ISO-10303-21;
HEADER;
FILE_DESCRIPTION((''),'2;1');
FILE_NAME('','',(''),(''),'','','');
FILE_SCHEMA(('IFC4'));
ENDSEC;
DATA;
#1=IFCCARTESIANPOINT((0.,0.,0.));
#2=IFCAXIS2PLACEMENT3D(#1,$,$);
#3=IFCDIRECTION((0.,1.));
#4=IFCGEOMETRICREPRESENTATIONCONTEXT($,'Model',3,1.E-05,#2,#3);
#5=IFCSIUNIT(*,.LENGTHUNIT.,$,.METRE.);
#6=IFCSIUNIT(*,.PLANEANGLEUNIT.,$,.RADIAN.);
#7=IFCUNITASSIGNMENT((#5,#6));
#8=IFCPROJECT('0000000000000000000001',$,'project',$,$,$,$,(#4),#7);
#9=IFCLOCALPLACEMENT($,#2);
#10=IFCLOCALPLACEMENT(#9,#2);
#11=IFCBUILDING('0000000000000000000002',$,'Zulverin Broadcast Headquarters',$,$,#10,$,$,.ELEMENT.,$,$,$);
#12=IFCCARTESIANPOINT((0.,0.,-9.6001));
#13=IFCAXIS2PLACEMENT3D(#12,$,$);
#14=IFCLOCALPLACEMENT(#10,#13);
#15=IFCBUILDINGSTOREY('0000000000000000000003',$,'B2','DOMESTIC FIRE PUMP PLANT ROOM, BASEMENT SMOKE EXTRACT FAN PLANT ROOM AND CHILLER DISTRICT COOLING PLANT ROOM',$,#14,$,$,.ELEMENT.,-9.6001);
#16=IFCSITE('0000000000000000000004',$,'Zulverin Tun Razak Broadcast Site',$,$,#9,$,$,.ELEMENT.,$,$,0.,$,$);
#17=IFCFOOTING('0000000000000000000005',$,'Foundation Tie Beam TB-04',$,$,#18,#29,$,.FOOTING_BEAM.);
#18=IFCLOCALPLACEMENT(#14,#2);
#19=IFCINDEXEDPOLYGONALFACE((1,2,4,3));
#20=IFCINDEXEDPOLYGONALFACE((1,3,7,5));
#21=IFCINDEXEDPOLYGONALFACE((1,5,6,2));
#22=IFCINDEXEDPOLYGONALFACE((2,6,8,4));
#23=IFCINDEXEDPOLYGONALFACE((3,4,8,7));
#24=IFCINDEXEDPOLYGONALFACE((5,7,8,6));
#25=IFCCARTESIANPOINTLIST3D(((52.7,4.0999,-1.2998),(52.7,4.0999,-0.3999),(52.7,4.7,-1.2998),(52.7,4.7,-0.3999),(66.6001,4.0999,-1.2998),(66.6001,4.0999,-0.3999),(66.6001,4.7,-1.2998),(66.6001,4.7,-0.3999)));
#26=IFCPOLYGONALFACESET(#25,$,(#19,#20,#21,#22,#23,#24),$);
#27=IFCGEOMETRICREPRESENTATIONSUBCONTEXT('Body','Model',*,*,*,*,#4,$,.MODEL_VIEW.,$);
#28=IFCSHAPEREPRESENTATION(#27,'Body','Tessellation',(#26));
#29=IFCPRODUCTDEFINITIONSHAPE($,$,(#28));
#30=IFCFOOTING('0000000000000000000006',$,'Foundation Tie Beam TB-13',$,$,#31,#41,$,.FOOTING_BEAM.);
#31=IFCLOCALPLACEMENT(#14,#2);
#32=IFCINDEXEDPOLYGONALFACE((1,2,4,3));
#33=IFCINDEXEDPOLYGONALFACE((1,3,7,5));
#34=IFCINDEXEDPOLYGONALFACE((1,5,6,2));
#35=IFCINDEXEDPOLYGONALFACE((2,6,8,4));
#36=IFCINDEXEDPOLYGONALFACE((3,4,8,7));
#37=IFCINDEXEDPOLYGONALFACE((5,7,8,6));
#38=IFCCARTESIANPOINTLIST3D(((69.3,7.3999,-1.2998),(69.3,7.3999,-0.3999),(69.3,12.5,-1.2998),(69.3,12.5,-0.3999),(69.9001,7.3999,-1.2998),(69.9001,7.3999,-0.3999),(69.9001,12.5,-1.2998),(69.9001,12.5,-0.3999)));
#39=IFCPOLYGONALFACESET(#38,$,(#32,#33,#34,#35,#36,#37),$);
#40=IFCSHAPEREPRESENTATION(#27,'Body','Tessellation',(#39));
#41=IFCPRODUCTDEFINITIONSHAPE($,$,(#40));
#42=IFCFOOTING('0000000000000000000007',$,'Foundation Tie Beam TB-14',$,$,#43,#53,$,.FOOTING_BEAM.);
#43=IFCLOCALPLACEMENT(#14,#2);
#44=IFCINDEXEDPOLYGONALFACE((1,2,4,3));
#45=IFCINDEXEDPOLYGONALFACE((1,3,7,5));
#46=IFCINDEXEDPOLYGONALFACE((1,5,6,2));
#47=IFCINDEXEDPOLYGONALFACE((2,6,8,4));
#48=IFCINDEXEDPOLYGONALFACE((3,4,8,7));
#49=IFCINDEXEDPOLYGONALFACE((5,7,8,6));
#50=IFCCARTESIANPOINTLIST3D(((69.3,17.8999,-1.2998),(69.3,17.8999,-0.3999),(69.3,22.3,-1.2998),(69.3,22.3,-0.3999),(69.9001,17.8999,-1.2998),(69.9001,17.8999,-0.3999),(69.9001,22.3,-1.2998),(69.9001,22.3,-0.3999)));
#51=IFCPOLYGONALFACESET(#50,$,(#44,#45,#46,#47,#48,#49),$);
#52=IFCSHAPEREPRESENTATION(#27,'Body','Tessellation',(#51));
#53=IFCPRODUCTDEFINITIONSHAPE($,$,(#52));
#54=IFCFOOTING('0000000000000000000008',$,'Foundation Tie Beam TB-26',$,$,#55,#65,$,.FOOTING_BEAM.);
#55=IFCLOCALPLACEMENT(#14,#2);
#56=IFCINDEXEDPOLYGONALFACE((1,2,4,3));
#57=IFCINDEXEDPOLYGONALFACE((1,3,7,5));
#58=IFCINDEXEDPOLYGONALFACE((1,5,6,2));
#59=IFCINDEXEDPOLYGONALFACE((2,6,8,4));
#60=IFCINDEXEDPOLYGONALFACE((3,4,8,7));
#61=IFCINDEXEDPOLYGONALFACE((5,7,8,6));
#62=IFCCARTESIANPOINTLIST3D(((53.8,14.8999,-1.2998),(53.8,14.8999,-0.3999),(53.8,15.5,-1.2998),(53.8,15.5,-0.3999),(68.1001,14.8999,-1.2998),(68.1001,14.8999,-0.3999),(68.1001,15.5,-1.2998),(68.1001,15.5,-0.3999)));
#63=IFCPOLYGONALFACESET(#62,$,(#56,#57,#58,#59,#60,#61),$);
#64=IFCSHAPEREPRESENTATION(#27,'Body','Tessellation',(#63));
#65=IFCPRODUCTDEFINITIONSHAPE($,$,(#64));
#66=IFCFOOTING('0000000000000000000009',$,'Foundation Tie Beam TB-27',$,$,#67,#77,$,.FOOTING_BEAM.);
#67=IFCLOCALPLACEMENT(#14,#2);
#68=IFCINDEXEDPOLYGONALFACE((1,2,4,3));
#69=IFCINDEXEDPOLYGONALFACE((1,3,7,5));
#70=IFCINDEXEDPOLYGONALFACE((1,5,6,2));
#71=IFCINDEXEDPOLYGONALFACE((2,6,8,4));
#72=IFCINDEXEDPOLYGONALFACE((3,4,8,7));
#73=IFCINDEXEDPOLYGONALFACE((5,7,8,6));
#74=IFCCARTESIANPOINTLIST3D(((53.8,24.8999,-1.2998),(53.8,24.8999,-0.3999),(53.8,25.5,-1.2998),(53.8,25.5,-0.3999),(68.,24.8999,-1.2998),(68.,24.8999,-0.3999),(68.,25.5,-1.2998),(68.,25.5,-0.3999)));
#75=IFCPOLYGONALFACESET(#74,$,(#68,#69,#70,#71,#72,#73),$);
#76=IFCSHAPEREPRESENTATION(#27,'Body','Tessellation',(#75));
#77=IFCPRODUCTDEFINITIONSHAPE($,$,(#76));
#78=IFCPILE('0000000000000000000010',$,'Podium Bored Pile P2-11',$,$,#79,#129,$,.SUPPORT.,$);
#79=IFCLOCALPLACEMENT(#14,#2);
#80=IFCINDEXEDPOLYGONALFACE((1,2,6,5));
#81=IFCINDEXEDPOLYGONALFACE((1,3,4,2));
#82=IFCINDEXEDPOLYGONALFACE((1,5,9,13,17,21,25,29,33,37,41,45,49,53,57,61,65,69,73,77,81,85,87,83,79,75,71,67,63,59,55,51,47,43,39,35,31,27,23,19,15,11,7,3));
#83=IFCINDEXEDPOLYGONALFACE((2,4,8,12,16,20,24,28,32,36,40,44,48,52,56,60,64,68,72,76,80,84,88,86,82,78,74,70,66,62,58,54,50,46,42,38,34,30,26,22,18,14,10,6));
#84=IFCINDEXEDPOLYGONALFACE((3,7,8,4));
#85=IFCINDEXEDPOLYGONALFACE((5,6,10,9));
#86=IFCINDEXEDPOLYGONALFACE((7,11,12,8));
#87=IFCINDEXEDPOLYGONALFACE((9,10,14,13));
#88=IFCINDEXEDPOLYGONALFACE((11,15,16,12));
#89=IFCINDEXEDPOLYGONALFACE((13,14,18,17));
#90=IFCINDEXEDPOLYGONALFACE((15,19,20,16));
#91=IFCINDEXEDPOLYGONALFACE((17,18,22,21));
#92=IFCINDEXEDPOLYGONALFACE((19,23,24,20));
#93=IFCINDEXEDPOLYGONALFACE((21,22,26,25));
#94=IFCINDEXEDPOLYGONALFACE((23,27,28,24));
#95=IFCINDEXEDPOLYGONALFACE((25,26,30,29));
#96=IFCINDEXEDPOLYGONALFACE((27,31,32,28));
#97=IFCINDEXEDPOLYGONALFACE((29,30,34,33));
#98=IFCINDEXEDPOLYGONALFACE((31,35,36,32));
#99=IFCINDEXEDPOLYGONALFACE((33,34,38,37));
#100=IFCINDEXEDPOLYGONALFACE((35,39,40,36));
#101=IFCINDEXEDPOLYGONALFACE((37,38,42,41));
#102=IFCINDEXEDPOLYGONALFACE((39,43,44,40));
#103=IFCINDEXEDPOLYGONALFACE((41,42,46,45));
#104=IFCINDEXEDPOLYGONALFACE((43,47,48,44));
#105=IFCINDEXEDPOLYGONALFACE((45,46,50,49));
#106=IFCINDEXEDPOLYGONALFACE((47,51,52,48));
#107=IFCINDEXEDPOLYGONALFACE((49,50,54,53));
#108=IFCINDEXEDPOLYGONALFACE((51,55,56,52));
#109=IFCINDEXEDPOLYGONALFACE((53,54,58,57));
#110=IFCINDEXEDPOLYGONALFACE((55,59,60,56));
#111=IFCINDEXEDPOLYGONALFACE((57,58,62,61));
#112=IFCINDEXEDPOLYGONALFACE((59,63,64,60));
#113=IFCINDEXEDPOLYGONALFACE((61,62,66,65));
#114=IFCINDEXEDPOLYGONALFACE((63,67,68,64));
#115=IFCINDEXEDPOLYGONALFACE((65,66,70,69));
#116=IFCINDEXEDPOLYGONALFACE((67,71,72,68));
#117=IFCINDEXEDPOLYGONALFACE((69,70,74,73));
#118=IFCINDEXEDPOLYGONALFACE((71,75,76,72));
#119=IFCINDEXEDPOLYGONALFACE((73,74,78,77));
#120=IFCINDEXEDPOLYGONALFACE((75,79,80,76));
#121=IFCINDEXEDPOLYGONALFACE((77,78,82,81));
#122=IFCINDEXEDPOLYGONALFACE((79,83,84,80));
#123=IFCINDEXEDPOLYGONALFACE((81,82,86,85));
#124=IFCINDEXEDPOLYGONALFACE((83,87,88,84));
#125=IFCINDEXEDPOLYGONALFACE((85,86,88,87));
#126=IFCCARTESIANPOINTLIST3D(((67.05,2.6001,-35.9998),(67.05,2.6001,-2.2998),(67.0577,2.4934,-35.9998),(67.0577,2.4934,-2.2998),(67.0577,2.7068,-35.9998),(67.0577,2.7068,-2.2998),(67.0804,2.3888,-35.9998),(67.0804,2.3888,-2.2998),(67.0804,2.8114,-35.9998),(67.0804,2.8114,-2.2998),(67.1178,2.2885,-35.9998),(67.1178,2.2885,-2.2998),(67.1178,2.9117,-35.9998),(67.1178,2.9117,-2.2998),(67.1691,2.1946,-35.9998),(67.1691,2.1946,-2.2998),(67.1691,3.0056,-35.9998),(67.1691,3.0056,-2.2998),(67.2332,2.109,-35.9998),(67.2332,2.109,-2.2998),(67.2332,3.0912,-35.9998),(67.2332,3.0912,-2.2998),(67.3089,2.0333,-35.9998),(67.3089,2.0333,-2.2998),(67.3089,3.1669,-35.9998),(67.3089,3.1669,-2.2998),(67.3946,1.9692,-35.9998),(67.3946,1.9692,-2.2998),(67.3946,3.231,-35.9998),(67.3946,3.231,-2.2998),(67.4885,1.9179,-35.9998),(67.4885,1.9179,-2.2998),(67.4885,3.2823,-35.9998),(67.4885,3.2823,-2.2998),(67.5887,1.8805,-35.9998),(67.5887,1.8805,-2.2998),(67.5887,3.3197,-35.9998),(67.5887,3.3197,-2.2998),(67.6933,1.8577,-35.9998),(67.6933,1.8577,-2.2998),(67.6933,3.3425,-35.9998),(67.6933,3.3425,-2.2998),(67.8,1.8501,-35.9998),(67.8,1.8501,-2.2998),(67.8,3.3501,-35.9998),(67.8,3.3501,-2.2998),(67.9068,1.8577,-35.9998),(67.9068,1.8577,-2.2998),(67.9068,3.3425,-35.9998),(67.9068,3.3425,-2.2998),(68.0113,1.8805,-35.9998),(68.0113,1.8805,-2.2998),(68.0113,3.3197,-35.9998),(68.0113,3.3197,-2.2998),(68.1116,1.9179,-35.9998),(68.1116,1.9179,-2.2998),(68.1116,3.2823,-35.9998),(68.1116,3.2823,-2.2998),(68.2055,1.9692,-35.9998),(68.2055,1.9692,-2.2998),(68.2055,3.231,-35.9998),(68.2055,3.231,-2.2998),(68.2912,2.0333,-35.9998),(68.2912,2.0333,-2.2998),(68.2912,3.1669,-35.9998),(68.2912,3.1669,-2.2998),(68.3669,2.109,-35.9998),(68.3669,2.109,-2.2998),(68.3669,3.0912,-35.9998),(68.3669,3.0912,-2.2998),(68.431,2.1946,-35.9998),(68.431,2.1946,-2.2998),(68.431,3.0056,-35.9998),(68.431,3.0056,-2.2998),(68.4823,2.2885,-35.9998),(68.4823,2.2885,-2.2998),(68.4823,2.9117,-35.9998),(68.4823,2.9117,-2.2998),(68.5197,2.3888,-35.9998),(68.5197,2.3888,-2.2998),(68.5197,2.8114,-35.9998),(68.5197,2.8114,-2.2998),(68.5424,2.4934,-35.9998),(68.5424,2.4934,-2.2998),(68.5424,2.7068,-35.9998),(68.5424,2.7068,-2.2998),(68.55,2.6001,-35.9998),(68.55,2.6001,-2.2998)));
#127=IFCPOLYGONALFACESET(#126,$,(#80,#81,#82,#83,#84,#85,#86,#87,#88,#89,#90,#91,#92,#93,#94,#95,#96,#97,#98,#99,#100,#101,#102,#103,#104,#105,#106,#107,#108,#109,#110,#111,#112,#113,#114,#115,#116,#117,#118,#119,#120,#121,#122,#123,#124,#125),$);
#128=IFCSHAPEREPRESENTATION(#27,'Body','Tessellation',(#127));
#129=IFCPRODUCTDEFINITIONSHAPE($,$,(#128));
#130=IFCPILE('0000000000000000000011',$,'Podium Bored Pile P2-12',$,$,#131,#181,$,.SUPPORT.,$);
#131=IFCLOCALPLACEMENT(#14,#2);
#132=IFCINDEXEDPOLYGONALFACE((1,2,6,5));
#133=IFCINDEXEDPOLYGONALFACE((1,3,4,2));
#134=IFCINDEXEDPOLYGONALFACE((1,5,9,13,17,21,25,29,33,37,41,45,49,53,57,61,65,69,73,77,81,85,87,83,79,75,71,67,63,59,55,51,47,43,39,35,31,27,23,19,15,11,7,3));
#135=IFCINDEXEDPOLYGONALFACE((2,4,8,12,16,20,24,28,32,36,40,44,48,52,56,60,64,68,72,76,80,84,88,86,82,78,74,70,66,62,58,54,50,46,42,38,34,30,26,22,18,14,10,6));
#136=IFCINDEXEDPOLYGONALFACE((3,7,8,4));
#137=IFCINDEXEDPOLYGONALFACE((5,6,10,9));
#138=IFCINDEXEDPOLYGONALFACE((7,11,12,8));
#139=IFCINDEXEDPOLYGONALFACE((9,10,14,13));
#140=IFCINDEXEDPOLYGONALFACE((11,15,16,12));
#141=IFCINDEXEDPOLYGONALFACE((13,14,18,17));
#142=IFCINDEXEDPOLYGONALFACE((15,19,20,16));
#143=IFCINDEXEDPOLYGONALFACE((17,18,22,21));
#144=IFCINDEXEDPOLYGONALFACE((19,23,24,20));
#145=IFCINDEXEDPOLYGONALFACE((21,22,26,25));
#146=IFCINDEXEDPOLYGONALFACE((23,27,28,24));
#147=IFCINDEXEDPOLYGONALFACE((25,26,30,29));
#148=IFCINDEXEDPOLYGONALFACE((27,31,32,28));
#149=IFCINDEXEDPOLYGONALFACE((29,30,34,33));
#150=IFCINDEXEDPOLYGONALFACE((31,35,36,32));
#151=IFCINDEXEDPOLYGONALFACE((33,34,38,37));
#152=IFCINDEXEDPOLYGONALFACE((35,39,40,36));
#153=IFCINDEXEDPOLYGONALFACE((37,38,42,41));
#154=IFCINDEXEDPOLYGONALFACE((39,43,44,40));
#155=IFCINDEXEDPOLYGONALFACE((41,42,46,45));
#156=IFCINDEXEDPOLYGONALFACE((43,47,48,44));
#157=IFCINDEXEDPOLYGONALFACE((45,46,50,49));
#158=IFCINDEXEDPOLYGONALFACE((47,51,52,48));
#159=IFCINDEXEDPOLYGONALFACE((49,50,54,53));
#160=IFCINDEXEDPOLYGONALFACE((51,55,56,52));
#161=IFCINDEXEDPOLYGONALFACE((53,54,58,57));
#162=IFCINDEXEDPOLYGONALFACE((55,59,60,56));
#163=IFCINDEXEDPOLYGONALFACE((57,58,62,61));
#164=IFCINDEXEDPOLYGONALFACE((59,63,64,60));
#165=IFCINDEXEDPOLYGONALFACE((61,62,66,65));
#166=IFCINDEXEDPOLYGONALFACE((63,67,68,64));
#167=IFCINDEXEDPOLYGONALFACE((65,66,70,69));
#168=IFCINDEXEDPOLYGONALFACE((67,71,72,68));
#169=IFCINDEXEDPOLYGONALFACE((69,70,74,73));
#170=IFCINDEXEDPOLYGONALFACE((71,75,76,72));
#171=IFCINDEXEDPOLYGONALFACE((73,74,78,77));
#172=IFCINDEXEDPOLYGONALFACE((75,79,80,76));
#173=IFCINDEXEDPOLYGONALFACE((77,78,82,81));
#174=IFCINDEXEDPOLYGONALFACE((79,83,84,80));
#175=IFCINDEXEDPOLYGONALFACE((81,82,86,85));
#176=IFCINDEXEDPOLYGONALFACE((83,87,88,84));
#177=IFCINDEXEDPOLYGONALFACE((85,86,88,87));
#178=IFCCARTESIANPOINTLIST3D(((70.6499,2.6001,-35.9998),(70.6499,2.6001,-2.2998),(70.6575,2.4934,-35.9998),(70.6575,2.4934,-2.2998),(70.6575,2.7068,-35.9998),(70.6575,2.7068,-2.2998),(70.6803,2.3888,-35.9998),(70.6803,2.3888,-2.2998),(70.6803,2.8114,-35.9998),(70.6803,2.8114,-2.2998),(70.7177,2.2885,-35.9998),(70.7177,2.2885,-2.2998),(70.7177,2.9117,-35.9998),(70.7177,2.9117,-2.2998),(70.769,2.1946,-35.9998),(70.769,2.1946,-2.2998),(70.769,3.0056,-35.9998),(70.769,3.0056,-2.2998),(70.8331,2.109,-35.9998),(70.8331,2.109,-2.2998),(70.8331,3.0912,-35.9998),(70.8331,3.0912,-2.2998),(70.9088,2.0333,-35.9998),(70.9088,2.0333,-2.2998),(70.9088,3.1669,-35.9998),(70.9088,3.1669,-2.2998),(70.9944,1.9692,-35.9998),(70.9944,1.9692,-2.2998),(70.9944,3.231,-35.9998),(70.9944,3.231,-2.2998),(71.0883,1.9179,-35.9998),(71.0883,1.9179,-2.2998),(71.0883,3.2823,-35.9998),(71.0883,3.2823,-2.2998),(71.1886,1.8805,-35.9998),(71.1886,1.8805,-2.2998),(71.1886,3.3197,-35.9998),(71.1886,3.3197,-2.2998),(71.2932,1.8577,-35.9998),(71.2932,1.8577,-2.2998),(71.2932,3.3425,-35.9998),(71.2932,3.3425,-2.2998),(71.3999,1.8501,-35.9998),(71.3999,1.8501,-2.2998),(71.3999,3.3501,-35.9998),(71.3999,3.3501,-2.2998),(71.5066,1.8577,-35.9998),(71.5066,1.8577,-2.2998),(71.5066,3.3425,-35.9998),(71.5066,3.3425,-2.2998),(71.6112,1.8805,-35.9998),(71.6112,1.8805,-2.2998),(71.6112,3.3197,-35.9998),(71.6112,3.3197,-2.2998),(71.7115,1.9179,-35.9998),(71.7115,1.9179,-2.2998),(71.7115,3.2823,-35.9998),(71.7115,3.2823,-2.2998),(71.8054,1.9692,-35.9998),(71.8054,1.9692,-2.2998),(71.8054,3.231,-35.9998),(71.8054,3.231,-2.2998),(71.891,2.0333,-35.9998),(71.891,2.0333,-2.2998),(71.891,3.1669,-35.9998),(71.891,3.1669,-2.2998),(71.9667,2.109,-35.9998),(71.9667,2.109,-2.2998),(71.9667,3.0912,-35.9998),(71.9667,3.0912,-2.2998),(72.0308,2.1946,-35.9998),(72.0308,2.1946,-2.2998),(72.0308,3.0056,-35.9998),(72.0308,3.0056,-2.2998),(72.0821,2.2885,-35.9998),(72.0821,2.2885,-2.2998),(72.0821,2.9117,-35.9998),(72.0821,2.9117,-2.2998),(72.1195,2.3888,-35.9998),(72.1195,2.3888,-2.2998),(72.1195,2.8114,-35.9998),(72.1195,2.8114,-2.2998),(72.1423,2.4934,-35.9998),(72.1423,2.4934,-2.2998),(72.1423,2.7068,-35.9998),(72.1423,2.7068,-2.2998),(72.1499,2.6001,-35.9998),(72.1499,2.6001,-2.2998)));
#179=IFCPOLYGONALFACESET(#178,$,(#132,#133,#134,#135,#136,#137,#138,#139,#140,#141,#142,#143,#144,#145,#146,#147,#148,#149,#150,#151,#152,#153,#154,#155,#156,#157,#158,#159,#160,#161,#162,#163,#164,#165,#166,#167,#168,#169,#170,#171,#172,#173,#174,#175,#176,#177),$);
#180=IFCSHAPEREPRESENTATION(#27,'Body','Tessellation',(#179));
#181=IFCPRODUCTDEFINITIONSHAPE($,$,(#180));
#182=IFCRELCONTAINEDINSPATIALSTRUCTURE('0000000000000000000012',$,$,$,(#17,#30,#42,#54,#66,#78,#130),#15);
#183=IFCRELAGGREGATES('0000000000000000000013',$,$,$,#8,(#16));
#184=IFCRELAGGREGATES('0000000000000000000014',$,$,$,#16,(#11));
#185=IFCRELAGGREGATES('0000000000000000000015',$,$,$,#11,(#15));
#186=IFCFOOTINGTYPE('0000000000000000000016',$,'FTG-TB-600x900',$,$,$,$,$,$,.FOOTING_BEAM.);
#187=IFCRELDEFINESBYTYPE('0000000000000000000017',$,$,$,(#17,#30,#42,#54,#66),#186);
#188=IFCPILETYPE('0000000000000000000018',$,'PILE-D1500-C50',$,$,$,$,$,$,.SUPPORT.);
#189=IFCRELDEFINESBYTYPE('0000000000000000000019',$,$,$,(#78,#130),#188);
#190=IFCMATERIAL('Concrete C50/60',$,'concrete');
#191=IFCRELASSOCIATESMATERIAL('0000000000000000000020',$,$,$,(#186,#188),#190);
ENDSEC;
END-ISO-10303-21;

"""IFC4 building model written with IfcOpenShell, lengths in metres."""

from ifc_helpers import new_model, si_unit, direction, frame, origin, origin_2d, place, context, subcontext, project, spatial, rectangle, circle, extrude, material, material_profile, profile_set, type_object, element, save


model = new_model("IFC4")

# Units and contexts
model_context = context("Model", 3, precision=1e-05, world=origin(), true_north=direction((0.0, 1.0)))
body_context = subcontext(model_context, "Body", "Model", "MODEL_VIEW")
ifc_project = project(units=[si_unit("LENGTHUNIT", "METRE"), si_unit("PLANEANGLEUNIT", "RADIAN")], contexts=[model_context])

# Site, building, storey
site_placement = place(None, origin())
site = spatial("IfcSite", under=ifc_project, at=site_placement, Name="Zulverin Tun Razak Broadcast Site", CompositionType="ELEMENT", RefElevation=0.0)
building_placement = place(site_placement, origin())
building = spatial("IfcBuilding", under=site, at=building_placement, Name="Zulverin Broadcast Headquarters", CompositionType="ELEMENT")
storey_placement = place(building_placement, frame((0.0, 0.0, -9.6001)))
storey = spatial("IfcBuildingStorey", under=building, at=storey_placement, Name="B2", Description="DOMESTIC FIRE PUMP PLANT ROOM, BASEMENT SMOKE EXTRACT FAN PLANT ROOM AND CHILLER DISTRICT COOLING PLANT ROOM", CompositionType="ELEMENT", Elevation=-9.6001)

# Footings
ifc_material_1 = material(Name="Concrete C50/60", Category="concrete")
ifc_material_profile_1 = material_profile(ifc_material_1, rectangle(XDim=0.6001, YDim=0.8999, at=origin_2d()), Name="Concrete C50/60", Category="concrete")
ifc_profile_set_1 = profile_set([ifc_material_profile_1], Name="Concrete C50/60")
footing_type = type_object("IfcFootingType", Name="FTG-TB-600x900", PredefinedType="FOOTING_BEAM", material=ifc_profile_set_1)
footing_1_placement = place(storey_placement, frame((52.7, 4.3999, -0.8499), z_axis=(1.0, 0.0, 0.0), x_axis=(0.0, 1.0, 0.0)))
element("IfcFooting", 1, at=footing_1_placement, inside=storey, type_object=footing_type, Name="Foundation Tie Beam TB-04", PredefinedType="FOOTING_BEAM", context=body_context, shape_type="SweptSolid", body=[
    extrude(rectangle(XDim=0.6001, YDim=0.8999, at=origin_2d()), origin(), (0.0, 0.0, 1.0), 13.9001),
])
footing_2_placement = place(storey_placement, frame((69.6001, 7.3999, -0.8499), z_axis=(0.0, 1.0, 0.0), x_axis=(-1.0, 0.0, 0.0)))
element("IfcFooting", 2, at=footing_2_placement, inside=storey, type_object=footing_type, Name="Foundation Tie Beam TB-13", PredefinedType="FOOTING_BEAM", context=body_context, shape_type="SweptSolid", body=[
    extrude(rectangle(XDim=0.6001, YDim=0.8999, at=origin_2d()), origin(), (0.0, 0.0, 1.0), 5.1001),
])
footing_3_placement = place(storey_placement, frame((69.6001, 17.8999, -0.8499), z_axis=(0.0, 1.0, 0.0), x_axis=(-1.0, 0.0, 0.0)))
element("IfcFooting", 3, at=footing_3_placement, inside=storey, type_object=footing_type, Name="Foundation Tie Beam TB-14", PredefinedType="FOOTING_BEAM", context=body_context, shape_type="SweptSolid", body=[
    extrude(rectangle(XDim=0.6001, YDim=0.8999, at=origin_2d()), origin(), (0.0, 0.0, 1.0), 4.4001),
])
footing_4_placement = place(storey_placement, frame((53.8, 15.2, -0.8499), z_axis=(1.0, 0.0, 0.0), x_axis=(0.0, 1.0, 0.0)))
element("IfcFooting", 4, at=footing_4_placement, inside=storey, type_object=footing_type, Name="Foundation Tie Beam TB-26", PredefinedType="FOOTING_BEAM", context=body_context, shape_type="SweptSolid", body=[
    extrude(rectangle(XDim=0.6001, YDim=0.8999, at=origin_2d()), origin(), (0.0, 0.0, 1.0), 14.3),
])
footing_5_placement = place(storey_placement, frame((53.8, 25.2, -0.8499), z_axis=(1.0, 0.0, 0.0), x_axis=(0.0, 1.0, 0.0)))
element("IfcFooting", 5, at=footing_5_placement, inside=storey, type_object=footing_type, Name="Foundation Tie Beam TB-27", PredefinedType="FOOTING_BEAM", context=body_context, shape_type="SweptSolid", body=[
    extrude(rectangle(XDim=0.6001, YDim=0.8999, at=origin_2d()), origin(), (0.0, 0.0, 1.0), 14.2),
])

# Piles
ifc_material_profile_2 = material_profile(ifc_material_1, circle(Radius=0.75, at=origin_2d()), Name="Concrete C50/60", Category="concrete")
ifc_profile_set_2 = profile_set([ifc_material_profile_2], Name="Concrete C50/60")
pile_type = type_object("IfcPileType", Name="PILE-D1500-C50", PredefinedType="SUPPORT", material=ifc_profile_set_2)
for number, where, z_axis, x_axis, name in (
    (6, (67.8, 2.6001, -2.2998), (0.0, 0.0, -1.0), (1.0, 0.0, 0.0), "Podium Bored Pile P2-11"),
    (7, (71.3999, 2.6001, -2.2998), (0.0, 0.0, -1.0), (1.0, 0.0, 0.0), "Podium Bored Pile P2-12"),
):
    element("IfcPile", number, at=place(storey_placement, frame(where, z_axis=z_axis, x_axis=x_axis)), inside=storey, type_object=pile_type, Name=name, PredefinedType="SUPPORT", context=body_context, shape_type="SweptSolid", body=[
        extrude(circle(Radius=0.75, at=origin_2d()), origin(), (0.0, 0.0, 1.0), 33.7),
    ])

save(model, "model.ifc")
